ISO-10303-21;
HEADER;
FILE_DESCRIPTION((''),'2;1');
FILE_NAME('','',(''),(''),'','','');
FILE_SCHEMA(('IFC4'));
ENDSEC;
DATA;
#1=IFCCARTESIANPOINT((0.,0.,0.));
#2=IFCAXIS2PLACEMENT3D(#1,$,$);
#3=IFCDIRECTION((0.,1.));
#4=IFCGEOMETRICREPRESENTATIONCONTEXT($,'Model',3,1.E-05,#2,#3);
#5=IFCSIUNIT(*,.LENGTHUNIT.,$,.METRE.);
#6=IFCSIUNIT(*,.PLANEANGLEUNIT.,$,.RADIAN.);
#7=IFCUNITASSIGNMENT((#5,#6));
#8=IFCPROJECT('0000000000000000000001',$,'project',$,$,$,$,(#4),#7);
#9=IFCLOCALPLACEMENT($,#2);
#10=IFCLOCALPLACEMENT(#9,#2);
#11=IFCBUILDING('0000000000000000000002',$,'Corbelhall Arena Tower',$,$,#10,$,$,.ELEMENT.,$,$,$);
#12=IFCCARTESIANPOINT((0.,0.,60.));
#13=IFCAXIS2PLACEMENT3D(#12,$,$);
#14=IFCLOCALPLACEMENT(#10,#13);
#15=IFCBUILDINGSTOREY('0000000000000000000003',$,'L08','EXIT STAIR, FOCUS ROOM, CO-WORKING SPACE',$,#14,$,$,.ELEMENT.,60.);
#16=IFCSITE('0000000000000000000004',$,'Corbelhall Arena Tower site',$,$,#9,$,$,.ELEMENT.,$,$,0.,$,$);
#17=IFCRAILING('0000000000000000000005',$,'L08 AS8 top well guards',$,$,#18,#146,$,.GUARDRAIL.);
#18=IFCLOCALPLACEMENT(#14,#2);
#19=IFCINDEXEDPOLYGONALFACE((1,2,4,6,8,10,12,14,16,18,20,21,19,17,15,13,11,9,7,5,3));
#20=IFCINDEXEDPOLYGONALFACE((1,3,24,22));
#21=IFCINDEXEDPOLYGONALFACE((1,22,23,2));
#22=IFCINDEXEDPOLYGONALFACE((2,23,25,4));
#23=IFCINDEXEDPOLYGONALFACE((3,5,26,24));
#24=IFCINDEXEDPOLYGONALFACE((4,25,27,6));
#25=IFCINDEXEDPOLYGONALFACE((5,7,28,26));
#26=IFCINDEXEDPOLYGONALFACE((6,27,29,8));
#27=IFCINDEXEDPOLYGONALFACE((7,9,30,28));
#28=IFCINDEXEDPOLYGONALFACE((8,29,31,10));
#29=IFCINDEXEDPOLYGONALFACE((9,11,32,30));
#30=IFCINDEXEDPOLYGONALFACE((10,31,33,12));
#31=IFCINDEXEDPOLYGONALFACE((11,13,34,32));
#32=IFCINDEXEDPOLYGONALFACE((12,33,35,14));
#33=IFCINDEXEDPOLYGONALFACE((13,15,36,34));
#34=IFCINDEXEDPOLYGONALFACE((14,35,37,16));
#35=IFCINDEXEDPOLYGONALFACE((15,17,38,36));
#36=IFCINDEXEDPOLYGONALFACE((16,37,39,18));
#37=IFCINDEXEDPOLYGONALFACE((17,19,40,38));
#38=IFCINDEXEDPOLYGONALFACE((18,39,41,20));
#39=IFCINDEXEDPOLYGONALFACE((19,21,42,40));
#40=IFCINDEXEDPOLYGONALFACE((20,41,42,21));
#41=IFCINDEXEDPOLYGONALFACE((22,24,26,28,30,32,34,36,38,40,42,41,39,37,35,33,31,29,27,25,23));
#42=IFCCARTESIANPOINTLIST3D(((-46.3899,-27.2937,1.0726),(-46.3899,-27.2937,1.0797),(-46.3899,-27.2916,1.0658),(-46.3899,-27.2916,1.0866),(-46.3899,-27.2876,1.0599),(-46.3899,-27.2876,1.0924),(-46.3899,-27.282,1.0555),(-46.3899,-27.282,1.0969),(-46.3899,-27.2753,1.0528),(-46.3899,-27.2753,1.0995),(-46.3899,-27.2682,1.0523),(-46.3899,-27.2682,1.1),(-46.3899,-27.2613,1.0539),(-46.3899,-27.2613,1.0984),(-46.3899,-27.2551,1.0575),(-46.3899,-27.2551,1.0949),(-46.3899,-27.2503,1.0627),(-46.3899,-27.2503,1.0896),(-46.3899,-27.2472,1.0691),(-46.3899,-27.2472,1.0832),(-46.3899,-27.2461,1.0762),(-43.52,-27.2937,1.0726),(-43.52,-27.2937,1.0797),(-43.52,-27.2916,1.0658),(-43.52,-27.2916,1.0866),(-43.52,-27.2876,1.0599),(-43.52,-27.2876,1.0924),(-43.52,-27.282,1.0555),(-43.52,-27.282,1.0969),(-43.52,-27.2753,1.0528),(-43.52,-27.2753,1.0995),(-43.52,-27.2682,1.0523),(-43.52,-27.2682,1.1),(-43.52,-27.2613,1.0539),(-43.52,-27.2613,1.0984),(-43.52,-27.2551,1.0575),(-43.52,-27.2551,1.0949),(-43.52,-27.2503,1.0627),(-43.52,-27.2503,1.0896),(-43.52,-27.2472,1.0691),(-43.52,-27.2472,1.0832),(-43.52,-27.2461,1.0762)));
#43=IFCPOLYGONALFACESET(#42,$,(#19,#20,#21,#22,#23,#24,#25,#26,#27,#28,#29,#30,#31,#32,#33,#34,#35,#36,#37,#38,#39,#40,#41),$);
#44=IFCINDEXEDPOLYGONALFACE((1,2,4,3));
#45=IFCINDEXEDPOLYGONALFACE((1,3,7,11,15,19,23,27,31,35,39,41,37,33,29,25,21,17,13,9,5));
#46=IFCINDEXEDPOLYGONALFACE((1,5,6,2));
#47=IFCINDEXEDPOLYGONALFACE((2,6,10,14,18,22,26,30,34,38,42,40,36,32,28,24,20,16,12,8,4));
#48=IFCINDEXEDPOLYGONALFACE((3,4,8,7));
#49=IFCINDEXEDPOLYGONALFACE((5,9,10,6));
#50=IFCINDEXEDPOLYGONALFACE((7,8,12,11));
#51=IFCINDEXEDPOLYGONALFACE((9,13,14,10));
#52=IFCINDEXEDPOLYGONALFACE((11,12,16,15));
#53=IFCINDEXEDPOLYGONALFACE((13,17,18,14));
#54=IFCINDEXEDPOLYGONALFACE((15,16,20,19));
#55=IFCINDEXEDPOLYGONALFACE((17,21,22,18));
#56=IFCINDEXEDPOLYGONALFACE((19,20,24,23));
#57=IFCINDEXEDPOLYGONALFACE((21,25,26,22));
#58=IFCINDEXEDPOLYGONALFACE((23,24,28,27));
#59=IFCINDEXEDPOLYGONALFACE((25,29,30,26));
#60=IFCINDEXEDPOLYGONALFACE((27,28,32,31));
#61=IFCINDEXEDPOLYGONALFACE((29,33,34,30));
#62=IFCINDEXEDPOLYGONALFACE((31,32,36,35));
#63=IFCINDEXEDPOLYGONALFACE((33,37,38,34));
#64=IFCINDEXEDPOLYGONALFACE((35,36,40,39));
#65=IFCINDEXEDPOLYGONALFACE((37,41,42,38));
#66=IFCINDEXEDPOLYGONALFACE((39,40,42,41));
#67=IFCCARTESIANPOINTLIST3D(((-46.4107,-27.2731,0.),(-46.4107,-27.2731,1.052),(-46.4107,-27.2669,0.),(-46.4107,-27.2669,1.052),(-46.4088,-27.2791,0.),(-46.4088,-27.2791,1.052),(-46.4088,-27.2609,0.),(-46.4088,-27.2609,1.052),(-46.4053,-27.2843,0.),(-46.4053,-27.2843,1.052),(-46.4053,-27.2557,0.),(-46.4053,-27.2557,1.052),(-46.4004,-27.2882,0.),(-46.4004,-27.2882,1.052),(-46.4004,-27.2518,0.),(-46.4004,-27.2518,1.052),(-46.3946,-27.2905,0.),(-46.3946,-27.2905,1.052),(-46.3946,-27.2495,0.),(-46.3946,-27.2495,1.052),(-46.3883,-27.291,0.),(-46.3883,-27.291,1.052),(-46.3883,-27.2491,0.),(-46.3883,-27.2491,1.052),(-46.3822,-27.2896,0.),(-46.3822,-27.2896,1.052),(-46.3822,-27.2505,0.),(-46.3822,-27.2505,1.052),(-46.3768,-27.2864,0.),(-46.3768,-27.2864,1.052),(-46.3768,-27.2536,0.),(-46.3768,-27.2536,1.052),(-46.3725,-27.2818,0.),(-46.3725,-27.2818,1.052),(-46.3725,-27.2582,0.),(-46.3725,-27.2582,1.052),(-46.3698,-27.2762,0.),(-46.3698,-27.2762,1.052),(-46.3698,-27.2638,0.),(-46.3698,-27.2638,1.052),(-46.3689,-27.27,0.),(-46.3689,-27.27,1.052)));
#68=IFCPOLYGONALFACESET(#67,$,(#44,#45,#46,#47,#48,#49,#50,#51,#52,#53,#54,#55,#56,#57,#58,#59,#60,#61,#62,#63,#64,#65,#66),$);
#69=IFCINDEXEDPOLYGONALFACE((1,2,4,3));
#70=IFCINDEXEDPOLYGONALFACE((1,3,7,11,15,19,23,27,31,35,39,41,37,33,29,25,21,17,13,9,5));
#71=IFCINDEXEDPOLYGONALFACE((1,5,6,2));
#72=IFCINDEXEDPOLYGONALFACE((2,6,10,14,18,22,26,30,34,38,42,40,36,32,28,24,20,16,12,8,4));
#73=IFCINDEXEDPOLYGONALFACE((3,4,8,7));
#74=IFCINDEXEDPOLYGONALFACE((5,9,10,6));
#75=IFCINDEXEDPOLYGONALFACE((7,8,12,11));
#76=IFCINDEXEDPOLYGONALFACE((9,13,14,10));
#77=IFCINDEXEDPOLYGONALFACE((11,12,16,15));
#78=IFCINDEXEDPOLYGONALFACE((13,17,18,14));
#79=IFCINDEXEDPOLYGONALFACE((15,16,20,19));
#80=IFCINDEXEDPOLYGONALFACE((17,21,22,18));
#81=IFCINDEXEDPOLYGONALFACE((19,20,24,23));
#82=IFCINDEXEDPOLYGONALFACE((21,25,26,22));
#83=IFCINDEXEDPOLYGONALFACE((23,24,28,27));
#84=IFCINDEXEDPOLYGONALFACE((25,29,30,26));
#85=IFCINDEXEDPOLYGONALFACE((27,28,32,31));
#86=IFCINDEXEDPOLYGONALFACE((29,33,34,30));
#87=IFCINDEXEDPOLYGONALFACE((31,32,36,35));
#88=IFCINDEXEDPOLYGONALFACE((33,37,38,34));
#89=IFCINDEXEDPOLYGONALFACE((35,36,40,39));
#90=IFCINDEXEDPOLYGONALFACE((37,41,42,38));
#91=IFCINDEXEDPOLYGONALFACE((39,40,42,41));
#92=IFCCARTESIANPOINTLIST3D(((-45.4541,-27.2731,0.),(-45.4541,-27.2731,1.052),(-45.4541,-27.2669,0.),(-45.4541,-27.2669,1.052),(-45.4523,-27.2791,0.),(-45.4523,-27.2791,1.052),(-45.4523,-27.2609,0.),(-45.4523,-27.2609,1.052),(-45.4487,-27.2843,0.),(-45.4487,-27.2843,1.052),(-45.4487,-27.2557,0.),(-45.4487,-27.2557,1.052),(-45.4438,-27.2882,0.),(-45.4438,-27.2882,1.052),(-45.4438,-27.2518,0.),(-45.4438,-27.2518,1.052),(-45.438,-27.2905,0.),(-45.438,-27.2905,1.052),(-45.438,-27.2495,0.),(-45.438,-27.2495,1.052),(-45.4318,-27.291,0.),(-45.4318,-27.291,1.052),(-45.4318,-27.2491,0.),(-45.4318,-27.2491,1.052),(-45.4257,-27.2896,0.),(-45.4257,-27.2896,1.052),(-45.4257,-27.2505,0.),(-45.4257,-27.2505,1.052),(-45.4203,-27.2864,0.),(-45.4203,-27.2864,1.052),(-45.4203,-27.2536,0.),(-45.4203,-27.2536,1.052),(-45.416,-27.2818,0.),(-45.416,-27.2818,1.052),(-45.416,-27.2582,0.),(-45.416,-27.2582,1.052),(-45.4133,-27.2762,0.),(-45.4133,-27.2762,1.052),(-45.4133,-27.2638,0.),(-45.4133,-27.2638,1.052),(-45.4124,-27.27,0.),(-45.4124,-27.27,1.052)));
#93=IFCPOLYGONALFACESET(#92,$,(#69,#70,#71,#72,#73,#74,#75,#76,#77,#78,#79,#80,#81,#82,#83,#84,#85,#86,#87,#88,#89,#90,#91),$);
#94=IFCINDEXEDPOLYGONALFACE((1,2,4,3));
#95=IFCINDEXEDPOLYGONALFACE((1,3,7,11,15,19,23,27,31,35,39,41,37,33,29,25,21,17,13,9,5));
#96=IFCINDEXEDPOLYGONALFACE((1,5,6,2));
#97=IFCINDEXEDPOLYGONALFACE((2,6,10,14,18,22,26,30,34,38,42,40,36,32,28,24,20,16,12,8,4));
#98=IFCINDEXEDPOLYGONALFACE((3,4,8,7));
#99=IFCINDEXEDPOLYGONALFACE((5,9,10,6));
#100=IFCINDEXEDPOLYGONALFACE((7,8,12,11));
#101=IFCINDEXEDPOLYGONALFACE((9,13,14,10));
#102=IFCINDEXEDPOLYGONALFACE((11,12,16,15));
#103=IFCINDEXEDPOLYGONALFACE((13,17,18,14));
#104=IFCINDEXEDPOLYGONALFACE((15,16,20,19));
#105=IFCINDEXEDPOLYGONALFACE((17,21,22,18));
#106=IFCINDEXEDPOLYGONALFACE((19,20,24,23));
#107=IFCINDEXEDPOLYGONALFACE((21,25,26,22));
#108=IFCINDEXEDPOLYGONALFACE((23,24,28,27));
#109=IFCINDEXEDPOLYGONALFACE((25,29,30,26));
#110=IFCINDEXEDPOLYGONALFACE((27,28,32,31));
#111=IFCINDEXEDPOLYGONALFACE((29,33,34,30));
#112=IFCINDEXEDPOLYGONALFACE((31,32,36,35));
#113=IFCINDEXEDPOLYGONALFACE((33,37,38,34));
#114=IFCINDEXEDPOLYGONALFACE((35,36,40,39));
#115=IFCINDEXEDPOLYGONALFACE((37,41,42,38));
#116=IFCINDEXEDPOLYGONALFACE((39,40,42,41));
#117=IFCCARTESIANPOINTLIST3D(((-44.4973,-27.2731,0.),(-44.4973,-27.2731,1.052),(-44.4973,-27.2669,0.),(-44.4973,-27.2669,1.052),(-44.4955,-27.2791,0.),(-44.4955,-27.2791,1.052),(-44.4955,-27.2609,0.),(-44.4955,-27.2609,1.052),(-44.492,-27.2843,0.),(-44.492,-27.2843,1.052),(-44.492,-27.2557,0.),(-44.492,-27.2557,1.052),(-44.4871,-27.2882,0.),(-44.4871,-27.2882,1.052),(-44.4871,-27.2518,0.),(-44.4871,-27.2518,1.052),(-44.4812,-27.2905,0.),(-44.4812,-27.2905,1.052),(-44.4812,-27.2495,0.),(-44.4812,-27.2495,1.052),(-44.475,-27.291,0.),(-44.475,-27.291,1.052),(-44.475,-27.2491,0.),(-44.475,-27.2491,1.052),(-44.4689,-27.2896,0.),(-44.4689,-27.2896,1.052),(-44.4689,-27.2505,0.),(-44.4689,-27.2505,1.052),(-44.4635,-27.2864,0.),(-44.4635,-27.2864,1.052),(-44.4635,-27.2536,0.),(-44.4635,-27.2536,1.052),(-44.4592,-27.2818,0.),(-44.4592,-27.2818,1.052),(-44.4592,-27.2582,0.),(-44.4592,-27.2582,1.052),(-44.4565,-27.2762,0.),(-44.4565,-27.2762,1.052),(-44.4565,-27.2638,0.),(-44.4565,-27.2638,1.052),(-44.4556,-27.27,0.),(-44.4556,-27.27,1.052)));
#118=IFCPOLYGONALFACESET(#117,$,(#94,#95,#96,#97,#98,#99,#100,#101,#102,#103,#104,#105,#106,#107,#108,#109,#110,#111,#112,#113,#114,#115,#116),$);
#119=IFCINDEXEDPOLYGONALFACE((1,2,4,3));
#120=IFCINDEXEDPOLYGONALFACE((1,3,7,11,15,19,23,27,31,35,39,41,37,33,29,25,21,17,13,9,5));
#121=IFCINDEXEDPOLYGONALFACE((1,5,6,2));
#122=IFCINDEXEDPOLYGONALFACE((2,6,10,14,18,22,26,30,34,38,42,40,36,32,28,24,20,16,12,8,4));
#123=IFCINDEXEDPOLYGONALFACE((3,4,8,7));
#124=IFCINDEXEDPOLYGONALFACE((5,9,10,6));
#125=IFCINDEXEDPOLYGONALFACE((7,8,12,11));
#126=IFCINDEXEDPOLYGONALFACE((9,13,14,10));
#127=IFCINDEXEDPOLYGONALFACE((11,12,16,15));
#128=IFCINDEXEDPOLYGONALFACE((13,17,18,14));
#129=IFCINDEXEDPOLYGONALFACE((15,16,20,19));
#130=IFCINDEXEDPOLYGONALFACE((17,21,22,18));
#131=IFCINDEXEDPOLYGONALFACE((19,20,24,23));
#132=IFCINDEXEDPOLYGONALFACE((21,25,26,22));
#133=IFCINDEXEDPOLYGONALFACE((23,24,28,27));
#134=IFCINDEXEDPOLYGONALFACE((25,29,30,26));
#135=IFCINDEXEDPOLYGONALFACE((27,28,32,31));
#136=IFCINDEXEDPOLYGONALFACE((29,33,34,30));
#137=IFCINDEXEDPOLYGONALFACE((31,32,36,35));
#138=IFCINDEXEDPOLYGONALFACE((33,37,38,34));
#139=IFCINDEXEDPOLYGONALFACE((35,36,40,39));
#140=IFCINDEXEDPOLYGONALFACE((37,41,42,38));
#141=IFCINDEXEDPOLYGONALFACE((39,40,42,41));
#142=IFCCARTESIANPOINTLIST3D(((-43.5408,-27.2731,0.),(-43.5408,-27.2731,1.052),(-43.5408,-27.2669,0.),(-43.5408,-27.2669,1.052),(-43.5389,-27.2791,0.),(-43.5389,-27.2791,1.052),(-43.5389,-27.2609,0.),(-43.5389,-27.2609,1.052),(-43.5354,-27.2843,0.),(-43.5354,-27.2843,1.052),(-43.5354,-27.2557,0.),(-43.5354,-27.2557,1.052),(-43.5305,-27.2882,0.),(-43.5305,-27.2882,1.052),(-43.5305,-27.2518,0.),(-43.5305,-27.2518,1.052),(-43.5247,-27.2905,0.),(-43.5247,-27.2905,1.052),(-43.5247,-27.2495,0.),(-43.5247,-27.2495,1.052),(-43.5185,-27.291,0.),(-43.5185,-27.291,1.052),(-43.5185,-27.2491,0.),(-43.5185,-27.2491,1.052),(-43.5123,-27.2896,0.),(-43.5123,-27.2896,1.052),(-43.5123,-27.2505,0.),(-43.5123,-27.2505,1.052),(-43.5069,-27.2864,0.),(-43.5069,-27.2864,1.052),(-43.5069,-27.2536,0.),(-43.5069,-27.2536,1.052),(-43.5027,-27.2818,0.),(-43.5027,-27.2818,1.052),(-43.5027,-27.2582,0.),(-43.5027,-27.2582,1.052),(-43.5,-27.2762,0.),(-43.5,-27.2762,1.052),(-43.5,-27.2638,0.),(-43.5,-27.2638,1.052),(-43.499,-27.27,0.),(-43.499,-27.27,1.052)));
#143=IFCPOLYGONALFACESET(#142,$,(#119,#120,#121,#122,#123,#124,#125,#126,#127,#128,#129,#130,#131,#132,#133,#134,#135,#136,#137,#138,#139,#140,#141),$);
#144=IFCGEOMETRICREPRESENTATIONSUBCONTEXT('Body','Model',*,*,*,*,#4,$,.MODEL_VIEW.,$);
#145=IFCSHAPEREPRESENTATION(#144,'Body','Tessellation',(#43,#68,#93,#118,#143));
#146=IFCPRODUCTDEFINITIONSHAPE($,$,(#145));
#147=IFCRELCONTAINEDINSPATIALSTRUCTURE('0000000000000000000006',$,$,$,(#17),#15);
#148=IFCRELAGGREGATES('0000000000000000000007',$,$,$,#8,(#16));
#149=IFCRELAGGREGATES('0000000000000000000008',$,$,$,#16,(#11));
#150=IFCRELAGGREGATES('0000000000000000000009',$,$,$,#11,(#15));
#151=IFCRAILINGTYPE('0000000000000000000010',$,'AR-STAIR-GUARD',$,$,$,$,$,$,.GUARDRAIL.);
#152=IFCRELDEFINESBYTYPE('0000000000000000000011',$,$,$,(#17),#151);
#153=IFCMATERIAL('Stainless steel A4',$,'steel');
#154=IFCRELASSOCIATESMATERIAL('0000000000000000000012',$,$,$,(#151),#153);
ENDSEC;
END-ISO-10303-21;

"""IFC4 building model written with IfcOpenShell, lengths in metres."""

from ifc_helpers import new_model, si_unit, direction, frame, origin, origin_2d, place, context, subcontext, project, spatial, circle, extrude, material, type_object, element, save


model = new_model("IFC4")

# Units and contexts
model_context = context("Model", 3, precision=1e-05, world=origin(), true_north=direction((0.0, 1.0)))
body_context = subcontext(model_context, "Body", "Model", "MODEL_VIEW")
ifc_project = project(units=[si_unit("LENGTHUNIT", "METRE"), si_unit("PLANEANGLEUNIT", "RADIAN")], contexts=[model_context])

# Site, building, storey
site_placement = place(None, origin())
site = spatial("IfcSite", under=ifc_project, at=site_placement, Name="Corbelhall Arena Tower site", CompositionType="ELEMENT", RefElevation=0.0)
building_placement = place(site_placement, origin())
building = spatial("IfcBuilding", under=site, at=building_placement, Name="Corbelhall Arena Tower", CompositionType="ELEMENT")
storey_placement = place(building_placement, frame((0.0, 0.0, 60.0)))
storey = spatial("IfcBuildingStorey", under=building, at=storey_placement, Name="L08", Description="EXIT STAIR, FOCUS ROOM, CO-WORKING SPACE", CompositionType="ELEMENT", Elevation=60.0)

# Shared definitions
ifc_material_1 = material(Name="Stainless steel A4", Category="steel")

# Railing
railing_type = type_object("IfcRailingType", Name="AR-STAIR-GUARD", PredefinedType="GUARDRAIL", material=ifc_material_1)
for number, where, name in (
    (1, (-46.3899, -27.27, 0.0), "L08 AS8 top well guards"),
):
    element("IfcRailing", number, at=place(storey_placement, frame(where)), inside=storey, type_object=railing_type, Name=name, PredefinedType="GUARDRAIL", context=body_context, shape_type="SweptSolid", body=[
        extrude(circle(Radius=0.0239, at=origin_2d()), frame((0.0, 0.0, 1.0762), z_axis=(1.0, 0.0, 0.0), x_axis=(0.0, 1.0, 0.0)), (0.0, 0.0, 1.0), 2.8699),
        extrude(circle(Radius=0.021, at=origin_2d()), origin(), (0.0, 0.0, 1.0), 1.052),
        extrude(circle(Radius=0.021, at=origin_2d()), frame((0.9565, 0.0, 0.0)), (0.0, 0.0, 1.0), 1.052),
        extrude(circle(Radius=0.021, at=origin_2d()), frame((1.9133, 0.0, 0.0)), (0.0, 0.0, 1.0), 1.052),
        extrude(circle(Radius=0.021, at=origin_2d()), frame((2.8699, 0.0, 0.0)), (0.0, 0.0, 1.0), 1.052),
    ])

save(model, "model.ifc")
